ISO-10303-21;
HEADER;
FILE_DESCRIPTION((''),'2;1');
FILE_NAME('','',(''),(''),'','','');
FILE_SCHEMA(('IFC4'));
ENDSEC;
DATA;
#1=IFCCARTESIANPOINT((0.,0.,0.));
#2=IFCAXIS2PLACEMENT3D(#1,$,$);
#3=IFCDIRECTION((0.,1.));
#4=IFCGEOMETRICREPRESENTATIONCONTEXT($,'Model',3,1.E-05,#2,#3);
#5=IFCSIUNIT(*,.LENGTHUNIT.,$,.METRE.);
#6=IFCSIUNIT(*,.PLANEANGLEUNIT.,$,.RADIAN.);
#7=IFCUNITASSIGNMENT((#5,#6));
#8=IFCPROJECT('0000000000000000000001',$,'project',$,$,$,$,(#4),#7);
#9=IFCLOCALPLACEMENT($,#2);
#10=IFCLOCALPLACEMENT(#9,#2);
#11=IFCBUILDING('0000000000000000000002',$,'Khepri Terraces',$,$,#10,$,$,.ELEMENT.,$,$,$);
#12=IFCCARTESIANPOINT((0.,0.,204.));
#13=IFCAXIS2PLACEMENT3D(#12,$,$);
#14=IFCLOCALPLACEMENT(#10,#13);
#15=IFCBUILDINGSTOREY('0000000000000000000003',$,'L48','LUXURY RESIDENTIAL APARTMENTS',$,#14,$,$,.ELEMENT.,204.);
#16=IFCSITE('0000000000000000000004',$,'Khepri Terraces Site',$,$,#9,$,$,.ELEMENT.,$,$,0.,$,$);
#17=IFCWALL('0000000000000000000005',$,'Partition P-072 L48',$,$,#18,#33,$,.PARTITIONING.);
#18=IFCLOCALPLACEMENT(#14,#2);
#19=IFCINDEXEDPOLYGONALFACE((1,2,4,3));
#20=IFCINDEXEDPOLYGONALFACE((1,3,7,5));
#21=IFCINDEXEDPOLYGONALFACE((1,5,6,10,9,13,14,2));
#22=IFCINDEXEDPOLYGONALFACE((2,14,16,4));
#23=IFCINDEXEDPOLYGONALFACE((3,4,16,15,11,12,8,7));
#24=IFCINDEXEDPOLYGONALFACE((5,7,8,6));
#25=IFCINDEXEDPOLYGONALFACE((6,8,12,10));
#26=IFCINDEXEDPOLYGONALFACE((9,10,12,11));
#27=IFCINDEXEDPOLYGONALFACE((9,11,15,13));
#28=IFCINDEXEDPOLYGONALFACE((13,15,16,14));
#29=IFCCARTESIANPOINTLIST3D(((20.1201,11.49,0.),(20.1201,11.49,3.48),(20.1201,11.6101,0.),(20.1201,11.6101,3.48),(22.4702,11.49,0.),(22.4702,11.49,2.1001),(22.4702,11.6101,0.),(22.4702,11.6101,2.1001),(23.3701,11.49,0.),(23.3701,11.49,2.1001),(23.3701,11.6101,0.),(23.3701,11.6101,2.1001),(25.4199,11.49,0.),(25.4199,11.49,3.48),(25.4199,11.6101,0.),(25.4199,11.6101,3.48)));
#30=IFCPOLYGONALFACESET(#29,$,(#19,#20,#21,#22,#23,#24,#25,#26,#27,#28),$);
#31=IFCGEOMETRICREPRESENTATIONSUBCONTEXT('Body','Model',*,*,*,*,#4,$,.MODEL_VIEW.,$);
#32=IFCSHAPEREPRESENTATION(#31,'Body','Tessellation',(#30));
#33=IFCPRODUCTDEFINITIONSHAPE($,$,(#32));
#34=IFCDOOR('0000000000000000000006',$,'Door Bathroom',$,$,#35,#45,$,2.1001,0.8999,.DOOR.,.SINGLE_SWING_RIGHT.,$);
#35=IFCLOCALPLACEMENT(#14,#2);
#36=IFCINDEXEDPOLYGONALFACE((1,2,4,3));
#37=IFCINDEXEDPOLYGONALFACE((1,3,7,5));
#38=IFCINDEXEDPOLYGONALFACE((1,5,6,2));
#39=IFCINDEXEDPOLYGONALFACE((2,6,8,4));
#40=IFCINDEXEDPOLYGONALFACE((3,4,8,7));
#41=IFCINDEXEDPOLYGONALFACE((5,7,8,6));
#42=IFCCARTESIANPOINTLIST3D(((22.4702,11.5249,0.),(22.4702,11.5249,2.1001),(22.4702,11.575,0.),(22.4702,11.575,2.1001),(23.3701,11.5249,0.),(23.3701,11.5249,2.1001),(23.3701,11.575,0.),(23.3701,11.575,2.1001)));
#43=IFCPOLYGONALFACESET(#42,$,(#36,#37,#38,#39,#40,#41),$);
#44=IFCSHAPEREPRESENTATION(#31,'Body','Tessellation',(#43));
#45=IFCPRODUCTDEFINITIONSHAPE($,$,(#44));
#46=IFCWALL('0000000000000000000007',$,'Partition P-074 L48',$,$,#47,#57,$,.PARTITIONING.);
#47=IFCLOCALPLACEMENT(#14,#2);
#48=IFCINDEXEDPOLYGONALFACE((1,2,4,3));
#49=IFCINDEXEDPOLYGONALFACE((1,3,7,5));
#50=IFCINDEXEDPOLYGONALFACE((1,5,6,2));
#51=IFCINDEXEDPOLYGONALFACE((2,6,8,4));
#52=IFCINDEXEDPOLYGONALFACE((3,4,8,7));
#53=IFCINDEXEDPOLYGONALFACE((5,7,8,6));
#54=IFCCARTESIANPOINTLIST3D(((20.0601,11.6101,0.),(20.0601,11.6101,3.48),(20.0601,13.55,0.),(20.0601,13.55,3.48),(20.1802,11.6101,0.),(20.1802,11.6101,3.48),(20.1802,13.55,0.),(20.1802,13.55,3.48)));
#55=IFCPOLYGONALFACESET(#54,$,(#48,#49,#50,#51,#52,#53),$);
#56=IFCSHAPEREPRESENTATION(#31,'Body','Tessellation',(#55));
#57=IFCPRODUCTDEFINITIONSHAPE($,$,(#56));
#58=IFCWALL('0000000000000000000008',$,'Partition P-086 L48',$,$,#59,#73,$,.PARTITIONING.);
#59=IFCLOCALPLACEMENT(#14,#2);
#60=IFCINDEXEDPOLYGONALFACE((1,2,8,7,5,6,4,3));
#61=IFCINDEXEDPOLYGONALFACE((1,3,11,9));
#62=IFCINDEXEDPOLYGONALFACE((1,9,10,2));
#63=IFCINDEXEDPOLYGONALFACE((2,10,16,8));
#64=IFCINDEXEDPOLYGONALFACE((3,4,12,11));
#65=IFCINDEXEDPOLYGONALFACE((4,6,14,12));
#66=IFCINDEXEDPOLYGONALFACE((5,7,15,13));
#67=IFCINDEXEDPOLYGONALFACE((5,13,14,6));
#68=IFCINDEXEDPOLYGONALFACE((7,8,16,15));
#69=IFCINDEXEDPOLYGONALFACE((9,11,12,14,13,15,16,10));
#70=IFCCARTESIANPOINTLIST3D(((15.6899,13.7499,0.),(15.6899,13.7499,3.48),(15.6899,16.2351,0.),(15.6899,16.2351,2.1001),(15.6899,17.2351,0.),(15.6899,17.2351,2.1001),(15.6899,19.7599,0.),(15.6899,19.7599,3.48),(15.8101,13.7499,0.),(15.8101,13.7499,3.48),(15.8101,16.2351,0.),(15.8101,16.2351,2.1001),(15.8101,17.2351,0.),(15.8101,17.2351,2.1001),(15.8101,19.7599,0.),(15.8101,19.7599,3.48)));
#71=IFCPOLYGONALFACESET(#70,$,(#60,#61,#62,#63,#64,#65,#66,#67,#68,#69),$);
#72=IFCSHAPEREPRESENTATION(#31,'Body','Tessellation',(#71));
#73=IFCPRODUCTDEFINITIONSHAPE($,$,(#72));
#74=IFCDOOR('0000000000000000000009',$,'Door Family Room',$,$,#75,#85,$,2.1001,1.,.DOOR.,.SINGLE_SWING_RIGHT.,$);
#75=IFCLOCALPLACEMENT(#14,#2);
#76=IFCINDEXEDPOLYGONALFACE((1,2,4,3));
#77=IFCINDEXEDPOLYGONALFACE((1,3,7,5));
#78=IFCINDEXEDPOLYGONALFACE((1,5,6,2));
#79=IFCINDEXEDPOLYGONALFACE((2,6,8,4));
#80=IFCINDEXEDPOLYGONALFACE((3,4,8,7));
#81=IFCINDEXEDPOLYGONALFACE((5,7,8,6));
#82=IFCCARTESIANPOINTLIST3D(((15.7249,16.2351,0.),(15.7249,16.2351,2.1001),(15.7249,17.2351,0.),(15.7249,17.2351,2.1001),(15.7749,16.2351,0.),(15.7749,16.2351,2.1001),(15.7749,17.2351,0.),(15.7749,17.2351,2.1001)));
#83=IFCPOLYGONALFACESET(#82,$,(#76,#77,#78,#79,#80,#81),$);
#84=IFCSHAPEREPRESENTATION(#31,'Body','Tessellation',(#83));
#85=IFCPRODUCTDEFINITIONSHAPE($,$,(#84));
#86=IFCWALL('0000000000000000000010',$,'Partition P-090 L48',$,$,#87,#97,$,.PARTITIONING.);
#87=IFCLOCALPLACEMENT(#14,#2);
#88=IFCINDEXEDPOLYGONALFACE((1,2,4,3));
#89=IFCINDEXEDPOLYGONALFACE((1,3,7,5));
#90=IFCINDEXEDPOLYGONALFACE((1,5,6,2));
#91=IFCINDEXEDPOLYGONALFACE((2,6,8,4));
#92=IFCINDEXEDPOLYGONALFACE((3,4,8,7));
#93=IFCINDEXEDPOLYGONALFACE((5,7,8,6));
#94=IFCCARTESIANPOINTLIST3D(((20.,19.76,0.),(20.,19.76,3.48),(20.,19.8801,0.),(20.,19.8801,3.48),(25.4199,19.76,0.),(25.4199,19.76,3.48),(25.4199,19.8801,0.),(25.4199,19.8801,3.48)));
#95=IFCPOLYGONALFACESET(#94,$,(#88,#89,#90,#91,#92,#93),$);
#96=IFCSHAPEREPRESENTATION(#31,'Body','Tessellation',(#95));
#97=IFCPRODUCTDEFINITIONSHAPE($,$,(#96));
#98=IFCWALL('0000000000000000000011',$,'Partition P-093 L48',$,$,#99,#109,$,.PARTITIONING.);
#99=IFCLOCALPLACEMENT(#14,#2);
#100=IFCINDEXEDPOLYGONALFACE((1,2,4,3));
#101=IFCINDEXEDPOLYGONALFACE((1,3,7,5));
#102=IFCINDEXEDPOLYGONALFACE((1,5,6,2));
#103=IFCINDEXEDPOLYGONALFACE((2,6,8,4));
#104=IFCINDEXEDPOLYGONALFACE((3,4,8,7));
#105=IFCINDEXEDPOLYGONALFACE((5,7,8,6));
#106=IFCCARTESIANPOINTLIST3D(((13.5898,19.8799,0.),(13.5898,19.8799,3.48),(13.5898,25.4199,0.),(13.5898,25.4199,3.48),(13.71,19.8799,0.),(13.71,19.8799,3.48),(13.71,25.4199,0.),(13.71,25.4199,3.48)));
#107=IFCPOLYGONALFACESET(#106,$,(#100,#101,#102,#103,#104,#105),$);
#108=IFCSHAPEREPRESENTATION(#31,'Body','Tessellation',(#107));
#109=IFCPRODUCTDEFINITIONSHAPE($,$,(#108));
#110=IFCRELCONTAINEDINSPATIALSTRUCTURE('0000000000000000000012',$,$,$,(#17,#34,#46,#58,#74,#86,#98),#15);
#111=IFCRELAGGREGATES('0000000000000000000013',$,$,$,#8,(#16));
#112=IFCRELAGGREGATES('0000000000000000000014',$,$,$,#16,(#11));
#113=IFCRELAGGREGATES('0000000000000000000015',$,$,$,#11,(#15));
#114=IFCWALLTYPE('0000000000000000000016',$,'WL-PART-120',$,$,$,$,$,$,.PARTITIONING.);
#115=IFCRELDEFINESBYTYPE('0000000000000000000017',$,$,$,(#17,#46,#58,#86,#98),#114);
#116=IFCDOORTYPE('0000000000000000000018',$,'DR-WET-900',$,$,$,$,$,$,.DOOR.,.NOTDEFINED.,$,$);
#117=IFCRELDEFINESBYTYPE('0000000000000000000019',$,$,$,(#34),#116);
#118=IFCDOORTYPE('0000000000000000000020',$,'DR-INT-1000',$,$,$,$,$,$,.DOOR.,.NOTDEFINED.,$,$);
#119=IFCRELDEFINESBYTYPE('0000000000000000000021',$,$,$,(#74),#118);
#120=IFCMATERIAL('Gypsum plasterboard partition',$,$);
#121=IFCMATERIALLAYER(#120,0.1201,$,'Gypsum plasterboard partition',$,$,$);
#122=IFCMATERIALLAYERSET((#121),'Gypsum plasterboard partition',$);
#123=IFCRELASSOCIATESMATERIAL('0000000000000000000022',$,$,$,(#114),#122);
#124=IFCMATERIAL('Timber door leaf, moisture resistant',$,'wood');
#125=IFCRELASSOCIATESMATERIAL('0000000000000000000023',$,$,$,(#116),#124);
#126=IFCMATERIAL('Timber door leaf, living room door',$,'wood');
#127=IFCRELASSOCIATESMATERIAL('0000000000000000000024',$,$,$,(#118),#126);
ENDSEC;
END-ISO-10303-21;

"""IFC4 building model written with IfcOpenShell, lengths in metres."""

from ifc_helpers import new_model, si_unit, direction, frame, frame_2d, origin, place, context, subcontext, project, spatial, rectangle, extrude, material, layer, layer_set, type_object, element, fill, save


model = new_model("IFC4")

# Units and contexts
model_context = context("Model", 3, precision=1e-05, world=origin(), true_north=direction((0.0, 1.0)))
body_context = subcontext(model_context, "Body", "Model", "MODEL_VIEW")
ifc_project = project(units=[si_unit("LENGTHUNIT", "METRE"), si_unit("PLANEANGLEUNIT", "RADIAN")], contexts=[model_context])

# Site, building, storey
site_placement = place(None, origin())
site = spatial("IfcSite", under=ifc_project, at=site_placement, Name="Khepri Terraces Site", CompositionType="ELEMENT", RefElevation=0.0)
building_placement = place(site_placement, origin())
building = spatial("IfcBuilding", under=site, at=building_placement, Name="Khepri Terraces", CompositionType="ELEMENT")
storey_placement = place(building_placement, frame((0.0, 0.0, 204.0)))
storey = spatial("IfcBuildingStorey", under=building, at=storey_placement, Name="L48", Description="LUXURY RESIDENTIAL APARTMENTS", CompositionType="ELEMENT", Elevation=204.0)

# Wall, opening, door
ifc_material_1 = material(Name="Gypsum plasterboard partition")
ifc_layer_1 = layer(ifc_material_1, 0.1201, Name="Gypsum plasterboard partition")
ifc_layer_set_1 = layer_set([ifc_layer_1], Name="Gypsum plasterboard partition")
wall_type_1 = type_object("IfcWallType", Name="WL-PART-120", PredefinedType="PARTITIONING", material=ifc_layer_set_1)
wall_1_placement = place(storey_placement, frame((20.1201, 11.55, 0.0), z_axis=(0.0, 0.0, 1.0), x_axis=(1.0, 0.0, 0.0)))
wall_1 = element("IfcWall", 1, at=wall_1_placement, inside=storey, type_object=wall_type_1, Name="Partition P-072 L48", PredefinedType="PARTITIONING", context=body_context, shape_type="SweptSolid", body=[
    extrude(rectangle(XDim=5.2998, YDim=0.1201, at=frame_2d((2.6499, 0.0))), origin(), (0.0, 0.0, 1.0), 3.48),
])
opening_1_placement = place(wall_1_placement, frame((2.3501, 0.0, 0.0)))
opening_1 = element("IfcOpeningElement", 2, at=opening_1_placement, cuts=wall_1, PredefinedType="OPENING", context=body_context, shape_type="SweptSolid", body=[
    extrude(rectangle(XDim=0.8999, YDim=2.1001, at=frame_2d((0.45, 1.05))), frame((0.0, 0.0701, 0.0), z_axis=(0.0, -1.0, 0.0), x_axis=(1.0, 0.0, 0.0)), (0.0, 0.0, 1.0), 0.1401),
])
ifc_material_2 = material(Name="Timber door leaf, moisture resistant", Category="wood")
door_type_1 = type_object("IfcDoorType", Name="DR-WET-900", OperationType="NOTDEFINED", PredefinedType="DOOR", material=ifc_material_2)
door_1_placement = place(opening_1_placement, origin())
door_1 = element("IfcDoor", 3, at=door_1_placement, inside=storey, type_object=door_type_1, Name="Door Bathroom", OperationType="SINGLE_SWING_RIGHT", OverallHeight=2.1001, OverallWidth=0.8999, PredefinedType="DOOR", context=body_context, shape_type="SweptSolid", body=[
    extrude(rectangle(XDim=0.8999, YDim=2.1001, at=frame_2d((0.45, 1.05))), frame((0.0, 0.0249, 0.0), z_axis=(0.0, -1.0, 0.0), x_axis=(1.0, 0.0, 0.0)), (0.0, 0.0, 1.0), 0.05),
])
fill(opening_1, door_1)

# Wall
wall_2_placement = place(storey_placement, frame((20.1201, 11.6101, 0.0), z_axis=(0.0, 0.0, 1.0), x_axis=(0.0, 1.0, 0.0)))
element("IfcWall", 4, at=wall_2_placement, inside=storey, type_object=wall_type_1, Name="Partition P-074 L48", PredefinedType="PARTITIONING", context=body_context, shape_type="SweptSolid", body=[
    extrude(rectangle(XDim=1.9399, YDim=0.1201, at=frame_2d((0.97, 0.0))), origin(), (0.0, 0.0, 1.0), 3.48),
])

# Wall, opening, door
wall_3_placement = place(storey_placement, frame((15.75, 13.75, 0.0), z_axis=(0.0, 0.0, 1.0), x_axis=(0.0, 1.0, 0.0)))
wall_3 = element("IfcWall", 5, at=wall_3_placement, inside=storey, type_object=wall_type_1, Name="Partition P-086 L48", PredefinedType="PARTITIONING", context=body_context, shape_type="SweptSolid", body=[
    extrude(rectangle(XDim=6.01, YDim=0.1201, at=frame_2d((3.0049, 0.0))), origin(), (0.0, 0.0, 1.0), 3.48),
])
opening_2_placement = place(wall_3_placement, frame((2.4851, 0.0, 0.0)))
opening_2 = element("IfcOpeningElement", 6, at=opening_2_placement, cuts=wall_3, PredefinedType="OPENING", context=body_context, shape_type="SweptSolid", body=[
    extrude(rectangle(XDim=1.0, YDim=2.1001, at=frame_2d((0.5, 1.05))), frame((0.0, 0.0701, 0.0), z_axis=(0.0, -1.0, 0.0), x_axis=(1.0, 0.0, 0.0)), (0.0, 0.0, 1.0), 0.1401),
])
ifc_material_3 = material(Name="Timber door leaf, living room door", Category="wood")
door_type_2 = type_object("IfcDoorType", Name="DR-INT-1000", OperationType="NOTDEFINED", PredefinedType="DOOR", material=ifc_material_3)
door_2_placement = place(opening_2_placement, frame((1.0, 0.0, 0.0), z_axis=(0.0, 0.0, 1.0), x_axis=(-1.0, 0.0, 0.0)))
door_2 = element("IfcDoor", 7, at=door_2_placement, inside=storey, type_object=door_type_2, Name="Door Family Room", OperationType="SINGLE_SWING_RIGHT", OverallHeight=2.1001, OverallWidth=1.0, PredefinedType="DOOR", context=body_context, shape_type="SweptSolid", body=[
    extrude(rectangle(XDim=1.0, YDim=2.1001, at=frame_2d((0.5, 1.05))), frame((0.0, 0.0249, 0.0), z_axis=(0.0, -1.0, 0.0), x_axis=(1.0, 0.0, 0.0)), (0.0, 0.0, 1.0), 0.05),
])
fill(opening_2, door_2)

# Walls
wall_4_placement = place(storey_placement, frame((20.0, 19.8201, 0.0), z_axis=(0.0, 0.0, 1.0), x_axis=(1.0, 0.0, 0.0)))
element("IfcWall", 8, at=wall_4_placement, inside=storey, type_object=wall_type_1, Name="Partition P-090 L48", PredefinedType="PARTITIONING", context=body_context, shape_type="SweptSolid", body=[
    extrude(rectangle(XDim=5.4199, YDim=0.1201, at=frame_2d((2.71, 0.0))), origin(), (0.0, 0.0, 1.0), 3.48),
])
wall_5_placement = place(storey_placement, frame((13.6499, 19.8799, 0.0), z_axis=(0.0, 0.0, 1.0), x_axis=(0.0, 1.0, 0.0)))
element("IfcWall", 9, at=wall_5_placement, inside=storey, type_object=wall_type_1, Name="Partition P-093 L48", PredefinedType="PARTITIONING", context=body_context, shape_type="SweptSolid", body=[
    extrude(rectangle(XDim=5.54, YDim=0.1201, at=frame_2d((2.77, 0.0))), origin(), (0.0, 0.0, 1.0), 3.48),
])

save(model, "model.ifc")
